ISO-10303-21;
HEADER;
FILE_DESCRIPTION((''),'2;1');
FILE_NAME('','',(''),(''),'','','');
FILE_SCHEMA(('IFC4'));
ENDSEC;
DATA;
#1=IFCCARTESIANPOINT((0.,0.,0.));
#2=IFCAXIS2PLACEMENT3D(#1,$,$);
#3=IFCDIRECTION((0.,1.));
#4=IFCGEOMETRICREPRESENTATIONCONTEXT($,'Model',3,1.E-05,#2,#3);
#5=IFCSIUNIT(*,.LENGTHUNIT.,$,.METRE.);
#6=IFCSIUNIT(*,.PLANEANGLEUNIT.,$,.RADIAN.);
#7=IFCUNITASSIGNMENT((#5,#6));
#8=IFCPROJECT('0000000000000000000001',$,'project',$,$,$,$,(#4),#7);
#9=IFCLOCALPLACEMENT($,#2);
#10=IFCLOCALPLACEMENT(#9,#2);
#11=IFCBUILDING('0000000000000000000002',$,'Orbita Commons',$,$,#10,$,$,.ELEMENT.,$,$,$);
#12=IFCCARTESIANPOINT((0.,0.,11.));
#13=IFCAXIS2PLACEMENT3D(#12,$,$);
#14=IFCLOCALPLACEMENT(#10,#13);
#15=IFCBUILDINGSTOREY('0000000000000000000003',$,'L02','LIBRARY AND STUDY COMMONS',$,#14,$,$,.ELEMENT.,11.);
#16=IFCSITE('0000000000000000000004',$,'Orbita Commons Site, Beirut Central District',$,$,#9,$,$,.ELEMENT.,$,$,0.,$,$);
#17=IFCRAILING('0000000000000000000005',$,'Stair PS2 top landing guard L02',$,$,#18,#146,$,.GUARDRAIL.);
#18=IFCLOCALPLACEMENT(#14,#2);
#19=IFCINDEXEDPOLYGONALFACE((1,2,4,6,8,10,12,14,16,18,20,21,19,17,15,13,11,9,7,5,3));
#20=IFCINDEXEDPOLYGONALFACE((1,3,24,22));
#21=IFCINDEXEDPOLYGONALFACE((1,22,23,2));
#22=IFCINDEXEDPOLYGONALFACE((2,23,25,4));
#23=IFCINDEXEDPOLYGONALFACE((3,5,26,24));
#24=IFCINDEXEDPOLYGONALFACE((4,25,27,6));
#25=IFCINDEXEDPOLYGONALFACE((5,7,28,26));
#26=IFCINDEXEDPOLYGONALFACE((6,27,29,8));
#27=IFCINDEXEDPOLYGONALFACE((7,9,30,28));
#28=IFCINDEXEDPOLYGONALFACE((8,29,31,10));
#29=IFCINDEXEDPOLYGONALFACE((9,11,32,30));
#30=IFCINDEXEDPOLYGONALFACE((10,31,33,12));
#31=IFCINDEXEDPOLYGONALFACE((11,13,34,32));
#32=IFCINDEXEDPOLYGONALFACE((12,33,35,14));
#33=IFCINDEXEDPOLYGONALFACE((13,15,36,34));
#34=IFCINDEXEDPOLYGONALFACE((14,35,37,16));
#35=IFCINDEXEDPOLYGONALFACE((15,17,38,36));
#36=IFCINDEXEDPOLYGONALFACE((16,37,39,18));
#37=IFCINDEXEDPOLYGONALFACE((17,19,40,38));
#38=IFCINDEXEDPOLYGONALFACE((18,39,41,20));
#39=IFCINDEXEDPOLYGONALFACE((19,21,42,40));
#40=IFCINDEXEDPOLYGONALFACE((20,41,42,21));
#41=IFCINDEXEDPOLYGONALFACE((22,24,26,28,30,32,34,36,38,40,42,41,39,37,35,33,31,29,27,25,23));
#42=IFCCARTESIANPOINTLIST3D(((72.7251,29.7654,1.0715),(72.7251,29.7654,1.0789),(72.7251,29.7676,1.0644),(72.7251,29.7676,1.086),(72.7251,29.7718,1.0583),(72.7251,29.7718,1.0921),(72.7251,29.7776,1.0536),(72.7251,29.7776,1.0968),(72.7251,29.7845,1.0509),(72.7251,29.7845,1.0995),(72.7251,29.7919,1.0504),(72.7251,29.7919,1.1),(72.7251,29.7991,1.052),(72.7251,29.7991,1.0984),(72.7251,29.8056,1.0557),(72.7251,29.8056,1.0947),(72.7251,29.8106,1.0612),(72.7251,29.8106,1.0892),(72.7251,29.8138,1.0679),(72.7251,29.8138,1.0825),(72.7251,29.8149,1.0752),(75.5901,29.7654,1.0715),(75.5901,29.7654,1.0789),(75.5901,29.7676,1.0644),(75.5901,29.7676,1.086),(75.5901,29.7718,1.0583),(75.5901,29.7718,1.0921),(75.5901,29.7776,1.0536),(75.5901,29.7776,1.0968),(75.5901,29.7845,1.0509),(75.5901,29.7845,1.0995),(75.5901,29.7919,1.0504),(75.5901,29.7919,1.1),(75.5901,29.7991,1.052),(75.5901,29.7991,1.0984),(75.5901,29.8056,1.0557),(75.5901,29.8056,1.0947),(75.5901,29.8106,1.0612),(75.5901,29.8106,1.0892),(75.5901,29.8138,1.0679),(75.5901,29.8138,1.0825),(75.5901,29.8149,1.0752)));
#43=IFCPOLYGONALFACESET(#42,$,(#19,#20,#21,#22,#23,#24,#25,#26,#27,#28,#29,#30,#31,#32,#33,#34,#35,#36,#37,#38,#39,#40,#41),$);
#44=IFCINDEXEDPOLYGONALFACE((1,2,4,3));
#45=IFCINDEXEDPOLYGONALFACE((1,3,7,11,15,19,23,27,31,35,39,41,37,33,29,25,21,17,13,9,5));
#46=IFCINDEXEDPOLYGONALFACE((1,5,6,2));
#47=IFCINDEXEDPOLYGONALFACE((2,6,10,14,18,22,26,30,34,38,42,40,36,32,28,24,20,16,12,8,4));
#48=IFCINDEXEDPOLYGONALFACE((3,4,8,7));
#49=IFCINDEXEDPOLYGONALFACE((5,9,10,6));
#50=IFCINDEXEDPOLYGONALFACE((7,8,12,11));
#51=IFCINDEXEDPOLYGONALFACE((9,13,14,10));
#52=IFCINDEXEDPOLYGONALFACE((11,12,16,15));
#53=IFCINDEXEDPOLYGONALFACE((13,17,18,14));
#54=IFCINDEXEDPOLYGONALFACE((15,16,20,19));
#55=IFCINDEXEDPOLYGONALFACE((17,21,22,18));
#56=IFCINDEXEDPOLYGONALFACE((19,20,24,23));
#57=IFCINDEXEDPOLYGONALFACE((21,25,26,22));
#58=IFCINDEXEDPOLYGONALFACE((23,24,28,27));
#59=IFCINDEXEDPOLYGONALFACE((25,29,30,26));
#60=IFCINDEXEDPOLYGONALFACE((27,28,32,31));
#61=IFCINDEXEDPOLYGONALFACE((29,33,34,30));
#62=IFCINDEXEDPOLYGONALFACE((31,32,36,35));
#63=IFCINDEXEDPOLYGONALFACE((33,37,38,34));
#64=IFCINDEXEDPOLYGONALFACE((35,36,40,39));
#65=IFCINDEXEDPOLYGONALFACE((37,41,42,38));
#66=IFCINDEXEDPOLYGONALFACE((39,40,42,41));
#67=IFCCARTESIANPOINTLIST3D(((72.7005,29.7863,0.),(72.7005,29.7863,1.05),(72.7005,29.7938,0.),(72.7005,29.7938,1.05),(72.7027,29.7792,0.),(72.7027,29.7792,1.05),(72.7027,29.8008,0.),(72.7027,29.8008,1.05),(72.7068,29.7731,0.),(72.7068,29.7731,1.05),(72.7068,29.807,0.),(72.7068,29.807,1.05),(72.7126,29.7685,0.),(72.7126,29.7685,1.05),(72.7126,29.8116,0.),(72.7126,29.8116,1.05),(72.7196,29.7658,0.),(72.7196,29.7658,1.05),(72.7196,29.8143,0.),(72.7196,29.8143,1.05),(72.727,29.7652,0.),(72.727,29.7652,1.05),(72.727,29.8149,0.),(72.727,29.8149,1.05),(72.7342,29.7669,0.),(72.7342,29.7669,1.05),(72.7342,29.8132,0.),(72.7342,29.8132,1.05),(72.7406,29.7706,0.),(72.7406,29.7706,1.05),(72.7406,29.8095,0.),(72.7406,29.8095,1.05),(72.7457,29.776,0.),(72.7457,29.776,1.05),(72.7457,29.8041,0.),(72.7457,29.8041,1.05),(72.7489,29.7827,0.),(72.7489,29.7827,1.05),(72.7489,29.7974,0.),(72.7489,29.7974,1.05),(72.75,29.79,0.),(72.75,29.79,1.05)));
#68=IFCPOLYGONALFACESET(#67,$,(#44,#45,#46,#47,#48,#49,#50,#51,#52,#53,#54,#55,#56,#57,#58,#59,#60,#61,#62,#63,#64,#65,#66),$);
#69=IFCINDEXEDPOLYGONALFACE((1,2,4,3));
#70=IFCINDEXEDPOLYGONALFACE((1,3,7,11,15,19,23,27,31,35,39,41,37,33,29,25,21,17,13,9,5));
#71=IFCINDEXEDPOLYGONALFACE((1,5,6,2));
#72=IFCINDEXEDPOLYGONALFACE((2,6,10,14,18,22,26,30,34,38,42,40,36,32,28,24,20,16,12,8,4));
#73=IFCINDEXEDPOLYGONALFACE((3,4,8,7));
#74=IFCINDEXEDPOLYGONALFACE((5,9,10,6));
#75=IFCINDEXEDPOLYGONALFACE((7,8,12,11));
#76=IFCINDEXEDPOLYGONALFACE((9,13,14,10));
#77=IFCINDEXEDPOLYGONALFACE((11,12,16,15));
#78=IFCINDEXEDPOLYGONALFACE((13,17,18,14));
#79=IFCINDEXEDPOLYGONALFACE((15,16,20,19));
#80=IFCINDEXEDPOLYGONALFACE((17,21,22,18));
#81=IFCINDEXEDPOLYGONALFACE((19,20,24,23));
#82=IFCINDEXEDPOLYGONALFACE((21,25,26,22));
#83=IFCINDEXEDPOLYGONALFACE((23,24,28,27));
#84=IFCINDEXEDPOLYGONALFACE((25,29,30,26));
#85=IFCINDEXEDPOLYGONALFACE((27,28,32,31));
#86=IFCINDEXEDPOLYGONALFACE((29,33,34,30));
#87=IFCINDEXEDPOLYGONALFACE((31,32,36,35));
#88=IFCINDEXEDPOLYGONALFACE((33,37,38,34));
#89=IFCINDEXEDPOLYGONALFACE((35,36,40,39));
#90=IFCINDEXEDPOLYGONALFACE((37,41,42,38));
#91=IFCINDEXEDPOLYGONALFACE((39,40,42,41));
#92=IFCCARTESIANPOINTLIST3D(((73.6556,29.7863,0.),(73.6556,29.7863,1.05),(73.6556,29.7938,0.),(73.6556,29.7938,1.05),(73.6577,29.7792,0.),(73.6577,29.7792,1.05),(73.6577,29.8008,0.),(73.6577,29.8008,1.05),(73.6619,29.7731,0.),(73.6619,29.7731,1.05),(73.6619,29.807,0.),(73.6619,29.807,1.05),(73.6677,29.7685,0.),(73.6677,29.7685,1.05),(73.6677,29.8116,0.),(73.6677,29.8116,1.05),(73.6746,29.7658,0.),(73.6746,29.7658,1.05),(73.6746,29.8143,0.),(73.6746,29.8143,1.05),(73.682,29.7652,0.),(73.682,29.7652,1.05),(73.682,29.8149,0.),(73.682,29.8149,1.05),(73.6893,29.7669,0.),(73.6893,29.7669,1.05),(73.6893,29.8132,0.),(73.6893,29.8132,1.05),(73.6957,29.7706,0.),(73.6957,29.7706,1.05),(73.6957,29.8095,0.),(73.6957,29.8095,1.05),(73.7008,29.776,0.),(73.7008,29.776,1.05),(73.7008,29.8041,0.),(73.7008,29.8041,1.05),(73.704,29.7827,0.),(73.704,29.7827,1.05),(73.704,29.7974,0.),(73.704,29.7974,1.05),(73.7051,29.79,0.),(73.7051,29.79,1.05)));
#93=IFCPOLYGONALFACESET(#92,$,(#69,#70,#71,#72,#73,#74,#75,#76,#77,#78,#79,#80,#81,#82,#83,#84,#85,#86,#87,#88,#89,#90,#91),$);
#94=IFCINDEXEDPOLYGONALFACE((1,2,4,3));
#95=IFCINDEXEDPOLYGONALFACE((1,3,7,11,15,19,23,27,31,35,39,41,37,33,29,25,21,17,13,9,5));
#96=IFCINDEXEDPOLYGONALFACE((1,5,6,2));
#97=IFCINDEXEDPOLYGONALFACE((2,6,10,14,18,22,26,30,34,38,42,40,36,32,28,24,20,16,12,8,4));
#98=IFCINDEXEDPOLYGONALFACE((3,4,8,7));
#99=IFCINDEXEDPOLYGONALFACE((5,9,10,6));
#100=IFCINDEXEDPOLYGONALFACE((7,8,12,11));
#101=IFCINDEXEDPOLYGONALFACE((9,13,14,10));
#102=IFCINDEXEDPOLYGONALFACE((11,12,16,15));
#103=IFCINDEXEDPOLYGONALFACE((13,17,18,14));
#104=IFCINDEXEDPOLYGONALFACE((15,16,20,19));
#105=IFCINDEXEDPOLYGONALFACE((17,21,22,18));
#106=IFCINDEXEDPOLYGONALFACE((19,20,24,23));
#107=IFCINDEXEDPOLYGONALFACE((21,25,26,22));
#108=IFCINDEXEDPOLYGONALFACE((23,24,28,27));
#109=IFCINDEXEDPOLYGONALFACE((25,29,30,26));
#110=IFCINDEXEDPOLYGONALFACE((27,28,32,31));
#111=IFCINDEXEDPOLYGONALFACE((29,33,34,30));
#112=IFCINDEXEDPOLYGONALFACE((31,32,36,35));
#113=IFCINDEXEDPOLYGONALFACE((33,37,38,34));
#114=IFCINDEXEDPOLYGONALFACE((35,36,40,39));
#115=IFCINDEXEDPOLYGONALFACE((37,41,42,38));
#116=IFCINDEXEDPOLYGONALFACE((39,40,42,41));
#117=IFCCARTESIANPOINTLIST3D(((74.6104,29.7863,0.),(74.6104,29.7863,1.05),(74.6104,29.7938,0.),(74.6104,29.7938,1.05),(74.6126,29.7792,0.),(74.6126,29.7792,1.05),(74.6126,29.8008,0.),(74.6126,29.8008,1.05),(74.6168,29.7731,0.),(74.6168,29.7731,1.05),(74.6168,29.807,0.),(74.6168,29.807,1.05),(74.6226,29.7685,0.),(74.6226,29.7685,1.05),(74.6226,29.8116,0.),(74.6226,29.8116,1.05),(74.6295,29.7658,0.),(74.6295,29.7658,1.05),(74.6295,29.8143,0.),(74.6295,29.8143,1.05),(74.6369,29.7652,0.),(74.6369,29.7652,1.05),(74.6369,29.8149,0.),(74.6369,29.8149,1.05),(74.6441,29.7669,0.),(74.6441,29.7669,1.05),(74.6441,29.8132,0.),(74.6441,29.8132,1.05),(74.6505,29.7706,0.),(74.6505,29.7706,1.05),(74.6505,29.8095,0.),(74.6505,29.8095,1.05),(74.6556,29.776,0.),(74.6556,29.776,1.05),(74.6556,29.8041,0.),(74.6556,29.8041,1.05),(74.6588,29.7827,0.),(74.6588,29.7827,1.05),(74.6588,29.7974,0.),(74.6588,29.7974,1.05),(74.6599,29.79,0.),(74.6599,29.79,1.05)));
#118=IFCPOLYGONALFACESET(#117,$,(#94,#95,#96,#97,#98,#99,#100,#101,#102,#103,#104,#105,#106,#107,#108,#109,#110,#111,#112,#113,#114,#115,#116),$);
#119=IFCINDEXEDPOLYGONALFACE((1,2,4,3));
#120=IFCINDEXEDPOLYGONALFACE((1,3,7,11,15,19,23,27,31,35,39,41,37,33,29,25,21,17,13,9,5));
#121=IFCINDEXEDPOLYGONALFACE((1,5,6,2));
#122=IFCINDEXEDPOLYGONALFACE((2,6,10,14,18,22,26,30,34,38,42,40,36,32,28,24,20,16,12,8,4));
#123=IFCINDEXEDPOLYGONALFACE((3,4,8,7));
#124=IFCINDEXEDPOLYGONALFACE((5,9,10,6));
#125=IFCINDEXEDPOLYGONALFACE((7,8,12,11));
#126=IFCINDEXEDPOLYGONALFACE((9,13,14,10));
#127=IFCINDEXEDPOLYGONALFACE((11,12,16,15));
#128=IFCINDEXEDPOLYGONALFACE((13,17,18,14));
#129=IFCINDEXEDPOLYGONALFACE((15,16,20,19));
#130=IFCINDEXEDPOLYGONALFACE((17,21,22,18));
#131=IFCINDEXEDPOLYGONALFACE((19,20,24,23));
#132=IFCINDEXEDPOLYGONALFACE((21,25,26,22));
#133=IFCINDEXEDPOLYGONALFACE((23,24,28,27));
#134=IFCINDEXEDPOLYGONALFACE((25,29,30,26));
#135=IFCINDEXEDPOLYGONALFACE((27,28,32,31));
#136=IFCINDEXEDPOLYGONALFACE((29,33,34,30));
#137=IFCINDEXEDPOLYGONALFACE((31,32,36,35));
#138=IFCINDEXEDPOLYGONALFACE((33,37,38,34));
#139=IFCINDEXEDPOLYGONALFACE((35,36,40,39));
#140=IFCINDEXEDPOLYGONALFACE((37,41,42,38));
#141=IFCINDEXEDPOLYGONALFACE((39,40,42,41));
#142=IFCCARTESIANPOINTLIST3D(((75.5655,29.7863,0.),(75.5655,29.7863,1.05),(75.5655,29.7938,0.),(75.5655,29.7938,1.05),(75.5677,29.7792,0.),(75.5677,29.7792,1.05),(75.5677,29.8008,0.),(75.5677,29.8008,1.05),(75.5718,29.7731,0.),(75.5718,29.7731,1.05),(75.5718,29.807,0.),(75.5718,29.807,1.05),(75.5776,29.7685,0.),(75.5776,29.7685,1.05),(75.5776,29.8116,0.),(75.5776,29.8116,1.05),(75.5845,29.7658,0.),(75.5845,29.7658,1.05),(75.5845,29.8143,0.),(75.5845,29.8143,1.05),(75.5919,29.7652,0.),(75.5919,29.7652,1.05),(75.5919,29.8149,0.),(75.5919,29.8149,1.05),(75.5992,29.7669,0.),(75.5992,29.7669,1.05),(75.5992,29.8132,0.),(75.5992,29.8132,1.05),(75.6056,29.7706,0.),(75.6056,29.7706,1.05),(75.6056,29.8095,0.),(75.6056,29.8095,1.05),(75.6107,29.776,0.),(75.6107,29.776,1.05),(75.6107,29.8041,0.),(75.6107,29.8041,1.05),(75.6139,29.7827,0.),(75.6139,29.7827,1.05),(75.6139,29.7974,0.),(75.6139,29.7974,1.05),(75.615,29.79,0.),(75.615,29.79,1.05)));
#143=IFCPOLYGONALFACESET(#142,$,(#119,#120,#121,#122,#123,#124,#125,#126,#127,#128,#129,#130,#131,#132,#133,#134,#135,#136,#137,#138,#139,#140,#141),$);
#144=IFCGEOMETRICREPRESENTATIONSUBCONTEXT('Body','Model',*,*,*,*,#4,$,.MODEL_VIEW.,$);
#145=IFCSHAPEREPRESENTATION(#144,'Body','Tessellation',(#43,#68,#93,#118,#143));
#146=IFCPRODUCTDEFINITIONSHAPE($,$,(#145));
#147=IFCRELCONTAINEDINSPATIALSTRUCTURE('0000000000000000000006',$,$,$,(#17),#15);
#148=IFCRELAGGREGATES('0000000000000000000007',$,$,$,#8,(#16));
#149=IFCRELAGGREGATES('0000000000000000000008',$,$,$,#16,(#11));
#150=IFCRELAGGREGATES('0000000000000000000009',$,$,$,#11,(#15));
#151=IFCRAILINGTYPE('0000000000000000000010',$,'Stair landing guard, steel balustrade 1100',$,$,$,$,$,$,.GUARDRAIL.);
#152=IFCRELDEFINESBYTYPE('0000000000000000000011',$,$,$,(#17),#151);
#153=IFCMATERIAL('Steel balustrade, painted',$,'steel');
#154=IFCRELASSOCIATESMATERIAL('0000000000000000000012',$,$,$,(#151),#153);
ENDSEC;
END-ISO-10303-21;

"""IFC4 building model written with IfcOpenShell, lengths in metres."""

from ifc_helpers import new_model, si_unit, direction, frame, origin, origin_2d, place, context, subcontext, project, spatial, circle, extrude, material, type_object, element, save


model = new_model("IFC4")

# Units and contexts
model_context = context("Model", 3, precision=1e-05, world=origin(), true_north=direction((0.0, 1.0)))
body_context = subcontext(model_context, "Body", "Model", "MODEL_VIEW")
ifc_project = project(units=[si_unit("LENGTHUNIT", "METRE"), si_unit("PLANEANGLEUNIT", "RADIAN")], contexts=[model_context])

# Site, building, storey
site_placement = place(None, origin())
site = spatial("IfcSite", under=ifc_project, at=site_placement, Name="Orbita Commons Site, Beirut Central District", CompositionType="ELEMENT", RefElevation=0.0)
building_placement = place(site_placement, origin())
building = spatial("IfcBuilding", under=site, at=building_placement, Name="Orbita Commons", CompositionType="ELEMENT")
storey_placement = place(building_placement, frame((0.0, 0.0, 11.0)))
storey = spatial("IfcBuildingStorey", under=building, at=storey_placement, Name="L02", Description="LIBRARY AND STUDY COMMONS", CompositionType="ELEMENT", Elevation=11.0)

# Railing
ifc_material_1 = material(Name="Steel balustrade, painted", Category="steel")
railing_type = type_object("IfcRailingType", Name="Stair landing guard, steel balustrade 1100", PredefinedType="GUARDRAIL", material=ifc_material_1)
railing_placement = place(storey_placement, frame((72.7251, 29.79, 0.0)))
element("IfcRailing", 1, at=railing_placement, inside=storey, type_object=railing_type, Name="Stair PS2 top landing guard L02", PredefinedType="GUARDRAIL", context=body_context, shape_type="SweptSolid", body=[
    extrude(circle(Radius=0.0249, at=origin_2d()), frame((0.0, 0.0, 1.0752), z_axis=(1.0, 0.0, 0.0), x_axis=(0.0, 1.0, 0.0)), (0.0, 0.0, 1.0), 2.865),
    extrude(circle(Radius=0.0249, at=origin_2d()), origin(), (0.0, 0.0, 1.0), 1.05),
    extrude(circle(Radius=0.0249, at=origin_2d()), frame((0.9551, 0.0, 0.0)), (0.0, 0.0, 1.0), 1.05),
    extrude(circle(Radius=0.0249, at=origin_2d()), frame((1.9099, 0.0, 0.0)), (0.0, 0.0, 1.0), 1.05),
    extrude(circle(Radius=0.0249, at=origin_2d()), frame((2.865, 0.0, 0.0)), (0.0, 0.0, 1.0), 1.05),
])

save(model, "model.ifc")
